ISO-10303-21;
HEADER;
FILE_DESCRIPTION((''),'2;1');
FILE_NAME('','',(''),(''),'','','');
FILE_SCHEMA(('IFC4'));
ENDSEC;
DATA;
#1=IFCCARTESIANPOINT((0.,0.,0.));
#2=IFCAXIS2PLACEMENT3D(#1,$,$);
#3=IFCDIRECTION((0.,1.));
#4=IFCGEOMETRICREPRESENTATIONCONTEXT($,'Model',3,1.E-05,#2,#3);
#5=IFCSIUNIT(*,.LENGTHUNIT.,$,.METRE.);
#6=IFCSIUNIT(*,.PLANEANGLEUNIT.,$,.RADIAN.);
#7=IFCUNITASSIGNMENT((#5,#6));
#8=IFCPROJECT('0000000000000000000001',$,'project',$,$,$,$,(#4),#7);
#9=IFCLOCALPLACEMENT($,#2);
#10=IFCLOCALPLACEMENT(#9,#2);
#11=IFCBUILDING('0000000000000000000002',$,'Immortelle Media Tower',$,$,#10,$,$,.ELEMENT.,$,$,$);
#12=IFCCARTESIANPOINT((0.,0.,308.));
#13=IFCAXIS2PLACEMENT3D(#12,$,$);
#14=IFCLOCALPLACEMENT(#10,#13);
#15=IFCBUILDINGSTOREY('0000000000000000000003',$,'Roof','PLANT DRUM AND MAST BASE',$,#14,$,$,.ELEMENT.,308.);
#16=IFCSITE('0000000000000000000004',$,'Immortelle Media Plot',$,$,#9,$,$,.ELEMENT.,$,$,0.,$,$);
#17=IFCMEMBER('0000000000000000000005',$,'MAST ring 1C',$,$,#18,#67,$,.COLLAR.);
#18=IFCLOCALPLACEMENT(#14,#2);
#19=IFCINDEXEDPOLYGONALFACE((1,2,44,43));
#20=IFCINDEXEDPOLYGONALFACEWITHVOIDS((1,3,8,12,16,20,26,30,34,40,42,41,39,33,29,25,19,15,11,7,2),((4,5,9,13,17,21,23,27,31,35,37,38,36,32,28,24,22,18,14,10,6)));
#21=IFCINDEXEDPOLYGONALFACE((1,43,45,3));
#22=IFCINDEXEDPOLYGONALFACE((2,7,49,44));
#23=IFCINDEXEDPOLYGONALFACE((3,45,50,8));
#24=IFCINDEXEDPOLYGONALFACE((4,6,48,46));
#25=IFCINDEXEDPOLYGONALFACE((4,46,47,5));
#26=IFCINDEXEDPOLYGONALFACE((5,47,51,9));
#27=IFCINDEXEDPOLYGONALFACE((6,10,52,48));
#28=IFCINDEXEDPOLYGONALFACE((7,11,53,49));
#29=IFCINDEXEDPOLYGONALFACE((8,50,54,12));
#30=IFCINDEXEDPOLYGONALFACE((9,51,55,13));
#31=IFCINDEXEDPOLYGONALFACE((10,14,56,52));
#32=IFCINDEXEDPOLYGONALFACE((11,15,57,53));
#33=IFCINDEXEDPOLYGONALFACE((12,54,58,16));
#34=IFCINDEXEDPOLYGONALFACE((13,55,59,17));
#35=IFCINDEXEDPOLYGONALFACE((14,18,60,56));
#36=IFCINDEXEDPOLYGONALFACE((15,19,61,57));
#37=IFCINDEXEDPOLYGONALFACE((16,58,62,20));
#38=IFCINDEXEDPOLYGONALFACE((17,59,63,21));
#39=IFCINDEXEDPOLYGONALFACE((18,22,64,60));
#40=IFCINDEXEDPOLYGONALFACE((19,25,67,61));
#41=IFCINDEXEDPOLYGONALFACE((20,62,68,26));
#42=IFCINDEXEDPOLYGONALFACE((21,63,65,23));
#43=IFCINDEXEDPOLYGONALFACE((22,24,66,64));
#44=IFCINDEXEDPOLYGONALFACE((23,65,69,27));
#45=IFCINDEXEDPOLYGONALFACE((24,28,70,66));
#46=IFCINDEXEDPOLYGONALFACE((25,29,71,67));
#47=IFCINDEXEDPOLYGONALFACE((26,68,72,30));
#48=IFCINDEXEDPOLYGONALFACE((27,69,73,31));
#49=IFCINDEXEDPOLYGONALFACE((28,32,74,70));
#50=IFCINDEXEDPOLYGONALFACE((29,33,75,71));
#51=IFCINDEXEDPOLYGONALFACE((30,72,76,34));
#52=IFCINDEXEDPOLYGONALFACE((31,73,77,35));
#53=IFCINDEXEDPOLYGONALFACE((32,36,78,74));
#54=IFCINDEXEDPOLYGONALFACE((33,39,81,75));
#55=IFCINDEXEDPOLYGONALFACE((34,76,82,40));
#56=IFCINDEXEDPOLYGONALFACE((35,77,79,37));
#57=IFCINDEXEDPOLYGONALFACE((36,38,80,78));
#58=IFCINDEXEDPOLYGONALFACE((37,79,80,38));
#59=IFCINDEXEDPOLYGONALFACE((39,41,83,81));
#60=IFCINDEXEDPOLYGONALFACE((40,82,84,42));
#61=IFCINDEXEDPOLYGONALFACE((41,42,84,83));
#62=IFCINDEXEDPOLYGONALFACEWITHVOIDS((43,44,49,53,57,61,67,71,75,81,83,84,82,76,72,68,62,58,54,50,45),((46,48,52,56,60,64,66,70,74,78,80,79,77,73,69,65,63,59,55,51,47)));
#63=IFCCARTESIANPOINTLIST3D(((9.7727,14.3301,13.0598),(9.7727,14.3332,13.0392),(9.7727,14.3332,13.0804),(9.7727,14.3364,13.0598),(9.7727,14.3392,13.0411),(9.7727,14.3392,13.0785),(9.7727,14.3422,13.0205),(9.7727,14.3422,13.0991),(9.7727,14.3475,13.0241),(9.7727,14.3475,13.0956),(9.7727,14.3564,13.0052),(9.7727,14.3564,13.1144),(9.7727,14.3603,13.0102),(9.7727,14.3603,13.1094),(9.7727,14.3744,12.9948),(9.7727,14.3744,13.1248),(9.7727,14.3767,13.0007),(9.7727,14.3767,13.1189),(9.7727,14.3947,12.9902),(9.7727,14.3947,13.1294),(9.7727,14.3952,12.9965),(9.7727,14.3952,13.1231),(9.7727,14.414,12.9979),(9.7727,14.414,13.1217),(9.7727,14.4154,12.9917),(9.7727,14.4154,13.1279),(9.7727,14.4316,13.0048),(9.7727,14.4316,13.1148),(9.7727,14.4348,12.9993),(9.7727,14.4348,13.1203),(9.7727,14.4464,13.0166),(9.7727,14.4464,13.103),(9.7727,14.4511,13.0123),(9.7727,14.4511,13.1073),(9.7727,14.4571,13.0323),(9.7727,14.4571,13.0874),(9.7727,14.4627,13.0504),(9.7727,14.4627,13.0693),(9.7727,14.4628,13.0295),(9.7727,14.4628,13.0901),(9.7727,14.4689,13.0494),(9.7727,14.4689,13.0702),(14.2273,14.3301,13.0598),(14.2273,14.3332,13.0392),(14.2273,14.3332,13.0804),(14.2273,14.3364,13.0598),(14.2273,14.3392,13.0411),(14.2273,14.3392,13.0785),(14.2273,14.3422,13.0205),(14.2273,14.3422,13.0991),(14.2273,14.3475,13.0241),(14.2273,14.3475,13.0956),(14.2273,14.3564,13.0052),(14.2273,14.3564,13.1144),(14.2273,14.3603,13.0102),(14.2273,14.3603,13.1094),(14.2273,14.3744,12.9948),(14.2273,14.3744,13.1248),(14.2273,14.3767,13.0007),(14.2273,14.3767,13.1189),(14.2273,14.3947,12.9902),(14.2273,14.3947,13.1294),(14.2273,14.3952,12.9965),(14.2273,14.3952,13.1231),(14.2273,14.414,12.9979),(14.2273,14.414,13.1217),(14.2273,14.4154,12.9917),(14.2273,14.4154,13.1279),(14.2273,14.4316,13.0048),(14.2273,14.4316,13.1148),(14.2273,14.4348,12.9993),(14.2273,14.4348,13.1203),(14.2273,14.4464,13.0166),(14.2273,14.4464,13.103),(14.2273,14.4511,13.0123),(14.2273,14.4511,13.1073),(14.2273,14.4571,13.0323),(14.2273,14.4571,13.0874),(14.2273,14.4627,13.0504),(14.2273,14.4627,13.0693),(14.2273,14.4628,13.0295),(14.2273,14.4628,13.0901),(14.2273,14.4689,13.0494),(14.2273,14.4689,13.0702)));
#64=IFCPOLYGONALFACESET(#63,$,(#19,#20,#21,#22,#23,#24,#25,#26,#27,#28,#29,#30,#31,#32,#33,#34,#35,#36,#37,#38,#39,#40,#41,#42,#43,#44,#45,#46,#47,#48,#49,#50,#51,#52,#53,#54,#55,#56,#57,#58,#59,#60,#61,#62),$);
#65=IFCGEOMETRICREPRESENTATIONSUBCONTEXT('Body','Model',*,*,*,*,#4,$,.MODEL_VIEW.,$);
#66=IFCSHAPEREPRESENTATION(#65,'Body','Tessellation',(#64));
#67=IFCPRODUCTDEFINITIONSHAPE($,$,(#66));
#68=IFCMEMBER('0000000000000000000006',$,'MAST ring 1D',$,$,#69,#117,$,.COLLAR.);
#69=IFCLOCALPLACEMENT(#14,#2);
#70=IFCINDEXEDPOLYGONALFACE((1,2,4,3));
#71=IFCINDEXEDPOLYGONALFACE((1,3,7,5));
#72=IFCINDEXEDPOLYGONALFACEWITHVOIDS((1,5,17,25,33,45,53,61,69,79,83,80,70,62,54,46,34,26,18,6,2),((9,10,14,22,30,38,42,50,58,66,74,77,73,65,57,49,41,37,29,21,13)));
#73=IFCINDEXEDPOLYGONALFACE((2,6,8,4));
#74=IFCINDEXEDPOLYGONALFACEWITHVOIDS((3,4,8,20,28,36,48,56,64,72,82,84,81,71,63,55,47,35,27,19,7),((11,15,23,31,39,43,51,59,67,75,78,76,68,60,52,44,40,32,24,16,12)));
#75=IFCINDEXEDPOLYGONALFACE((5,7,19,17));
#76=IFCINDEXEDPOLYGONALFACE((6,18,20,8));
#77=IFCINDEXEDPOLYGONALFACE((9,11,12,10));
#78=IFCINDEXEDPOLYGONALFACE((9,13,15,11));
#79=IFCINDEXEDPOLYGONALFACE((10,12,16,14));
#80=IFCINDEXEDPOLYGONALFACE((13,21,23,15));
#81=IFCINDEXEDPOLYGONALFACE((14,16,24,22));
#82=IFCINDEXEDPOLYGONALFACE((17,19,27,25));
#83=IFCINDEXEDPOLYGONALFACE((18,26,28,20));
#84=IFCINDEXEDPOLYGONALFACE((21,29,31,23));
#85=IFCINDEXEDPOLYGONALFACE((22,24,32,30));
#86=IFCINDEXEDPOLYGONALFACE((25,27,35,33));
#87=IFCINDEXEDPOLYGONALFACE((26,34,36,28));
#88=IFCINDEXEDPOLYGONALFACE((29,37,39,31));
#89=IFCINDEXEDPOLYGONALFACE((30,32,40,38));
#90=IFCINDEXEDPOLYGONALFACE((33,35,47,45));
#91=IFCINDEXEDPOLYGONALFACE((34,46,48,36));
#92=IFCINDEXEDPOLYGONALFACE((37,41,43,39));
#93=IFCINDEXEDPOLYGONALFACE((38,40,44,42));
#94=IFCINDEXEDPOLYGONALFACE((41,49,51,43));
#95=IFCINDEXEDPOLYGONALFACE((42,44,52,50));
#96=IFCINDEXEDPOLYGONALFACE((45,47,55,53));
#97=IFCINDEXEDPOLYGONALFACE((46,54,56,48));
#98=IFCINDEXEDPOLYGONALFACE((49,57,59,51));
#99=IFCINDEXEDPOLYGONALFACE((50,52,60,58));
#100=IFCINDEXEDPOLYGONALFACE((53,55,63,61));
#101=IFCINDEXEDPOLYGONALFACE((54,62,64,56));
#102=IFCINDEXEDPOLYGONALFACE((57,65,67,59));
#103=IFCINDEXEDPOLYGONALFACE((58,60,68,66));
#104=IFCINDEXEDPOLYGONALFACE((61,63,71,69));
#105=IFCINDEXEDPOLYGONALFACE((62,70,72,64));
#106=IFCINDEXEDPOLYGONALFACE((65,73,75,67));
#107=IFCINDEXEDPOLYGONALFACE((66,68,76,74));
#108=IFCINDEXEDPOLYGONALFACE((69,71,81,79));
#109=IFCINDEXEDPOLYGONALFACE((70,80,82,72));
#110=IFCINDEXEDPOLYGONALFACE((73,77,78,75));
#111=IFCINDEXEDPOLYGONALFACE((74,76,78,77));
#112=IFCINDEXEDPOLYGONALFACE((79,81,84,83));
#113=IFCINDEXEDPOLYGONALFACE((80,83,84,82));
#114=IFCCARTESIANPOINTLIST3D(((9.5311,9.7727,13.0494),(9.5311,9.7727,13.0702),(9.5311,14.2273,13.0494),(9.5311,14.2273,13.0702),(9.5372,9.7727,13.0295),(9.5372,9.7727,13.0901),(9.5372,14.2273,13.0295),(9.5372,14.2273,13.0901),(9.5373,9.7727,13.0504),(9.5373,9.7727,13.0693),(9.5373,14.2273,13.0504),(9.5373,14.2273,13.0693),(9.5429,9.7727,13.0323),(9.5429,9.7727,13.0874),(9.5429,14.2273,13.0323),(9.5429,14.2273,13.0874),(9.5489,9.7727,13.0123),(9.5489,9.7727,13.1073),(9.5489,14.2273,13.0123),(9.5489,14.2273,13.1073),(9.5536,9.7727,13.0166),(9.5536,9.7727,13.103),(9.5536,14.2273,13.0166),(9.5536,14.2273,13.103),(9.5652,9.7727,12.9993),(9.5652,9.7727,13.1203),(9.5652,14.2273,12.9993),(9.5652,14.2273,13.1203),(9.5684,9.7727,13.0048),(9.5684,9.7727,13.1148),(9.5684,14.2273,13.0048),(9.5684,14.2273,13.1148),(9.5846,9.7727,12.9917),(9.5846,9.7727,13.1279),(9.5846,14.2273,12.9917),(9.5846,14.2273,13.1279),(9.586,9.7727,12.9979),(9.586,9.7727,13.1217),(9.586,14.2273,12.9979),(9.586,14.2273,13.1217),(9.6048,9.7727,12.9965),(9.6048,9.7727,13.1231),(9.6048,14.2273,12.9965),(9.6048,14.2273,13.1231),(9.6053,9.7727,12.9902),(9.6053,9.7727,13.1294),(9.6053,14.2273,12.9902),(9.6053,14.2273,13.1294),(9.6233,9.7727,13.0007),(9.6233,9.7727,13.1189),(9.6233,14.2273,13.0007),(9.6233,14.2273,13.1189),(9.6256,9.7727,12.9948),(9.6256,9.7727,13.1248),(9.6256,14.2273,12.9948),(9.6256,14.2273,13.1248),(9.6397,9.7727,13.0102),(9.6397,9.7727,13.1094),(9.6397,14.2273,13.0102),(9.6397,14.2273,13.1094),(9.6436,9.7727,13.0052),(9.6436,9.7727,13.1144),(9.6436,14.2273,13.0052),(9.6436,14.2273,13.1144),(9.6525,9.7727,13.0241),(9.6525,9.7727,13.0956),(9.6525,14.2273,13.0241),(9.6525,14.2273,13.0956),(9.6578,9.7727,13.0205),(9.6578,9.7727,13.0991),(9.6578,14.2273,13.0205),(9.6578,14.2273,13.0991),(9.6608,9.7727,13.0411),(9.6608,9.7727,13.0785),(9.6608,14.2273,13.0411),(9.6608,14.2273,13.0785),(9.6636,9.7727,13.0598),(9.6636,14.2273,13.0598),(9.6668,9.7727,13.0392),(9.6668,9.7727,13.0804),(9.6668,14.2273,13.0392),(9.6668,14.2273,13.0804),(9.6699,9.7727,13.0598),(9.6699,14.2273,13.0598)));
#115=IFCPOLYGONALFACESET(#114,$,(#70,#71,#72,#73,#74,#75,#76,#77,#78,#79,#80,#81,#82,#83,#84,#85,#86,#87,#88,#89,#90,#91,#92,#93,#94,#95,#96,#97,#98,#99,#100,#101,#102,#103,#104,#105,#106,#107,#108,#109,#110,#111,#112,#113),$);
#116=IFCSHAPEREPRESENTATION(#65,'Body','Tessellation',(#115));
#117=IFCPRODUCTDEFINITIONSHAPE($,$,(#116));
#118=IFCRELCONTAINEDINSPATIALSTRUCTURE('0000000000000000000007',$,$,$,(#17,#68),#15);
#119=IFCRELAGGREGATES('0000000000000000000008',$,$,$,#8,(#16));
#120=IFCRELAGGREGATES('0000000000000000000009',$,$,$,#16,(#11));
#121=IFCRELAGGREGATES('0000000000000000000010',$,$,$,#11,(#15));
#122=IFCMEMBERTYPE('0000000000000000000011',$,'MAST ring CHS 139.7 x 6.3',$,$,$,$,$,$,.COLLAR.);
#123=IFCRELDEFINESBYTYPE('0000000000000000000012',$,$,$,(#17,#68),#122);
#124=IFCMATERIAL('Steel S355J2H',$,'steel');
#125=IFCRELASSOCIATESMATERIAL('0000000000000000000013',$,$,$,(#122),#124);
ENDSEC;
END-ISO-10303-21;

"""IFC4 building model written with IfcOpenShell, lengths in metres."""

from ifc_helpers import new_model, si_unit, direction, frame, origin, origin_2d, place, context, subcontext, project, spatial, hollow_circle, extrude, material, material_profile, profile_set, type_object, element, save


model = new_model("IFC4")

# Units and contexts
model_context = context("Model", 3, precision=1e-05, world=origin(), true_north=direction((0.0, 1.0)))
body_context = subcontext(model_context, "Body", "Model", "MODEL_VIEW")
ifc_project = project(units=[si_unit("LENGTHUNIT", "METRE"), si_unit("PLANEANGLEUNIT", "RADIAN")], contexts=[model_context])

# Site, building, storey
site_placement = place(None, origin())
site = spatial("IfcSite", under=ifc_project, at=site_placement, Name="Immortelle Media Plot", CompositionType="ELEMENT", RefElevation=0.0)
building_placement = place(site_placement, origin())
building = spatial("IfcBuilding", under=site, at=building_placement, Name="Immortelle Media Tower", CompositionType="ELEMENT")
storey_placement = place(building_placement, frame((0.0, 0.0, 308.0)))
storey = spatial("IfcBuildingStorey", under=building, at=storey_placement, Name="Roof", Description="PLANT DRUM AND MAST BASE", CompositionType="ELEMENT", Elevation=308.0)

# Members
ifc_material_1 = material(Name="Steel S355J2H", Category="steel")
ifc_material_profile_1 = material_profile(ifc_material_1, hollow_circle(Radius=0.0698, WallThickness=0.0063, at=origin_2d()), Name="CHS 139.7 x 6.3")
ifc_profile_set_1 = profile_set([ifc_material_profile_1], Name="Steel S355J2H")
member_type_1 = type_object("IfcMemberType", Name="MAST ring CHS 139.7 x 6.3", PredefinedType="COLLAR", material=ifc_profile_set_1)
for number, where, z_axis, x_axis, name in (
    (1, (14.2273, 14.3999, 13.0598), (-1.0, 0.0, 0.0), (0.0, -1.0, 0.0), "MAST ring 1C"),
    (2, (9.6001, 14.2273, 13.0598), (0.0, -1.0, 0.0), (1.0, 0.0, 0.0), "MAST ring 1D"),
):
    element("IfcMember", number, at=place(storey_placement, frame(where, z_axis=z_axis, x_axis=x_axis)), inside=storey, type_object=member_type_1, Name=name, PredefinedType="COLLAR", context=body_context, shape_type="SweptSolid", body=[
        extrude(hollow_circle(Radius=0.0698, WallThickness=0.0063, at=origin_2d()), origin(), (0.0, 0.0, 1.0), 4.4546),
    ])

save(model, "model.ifc")
